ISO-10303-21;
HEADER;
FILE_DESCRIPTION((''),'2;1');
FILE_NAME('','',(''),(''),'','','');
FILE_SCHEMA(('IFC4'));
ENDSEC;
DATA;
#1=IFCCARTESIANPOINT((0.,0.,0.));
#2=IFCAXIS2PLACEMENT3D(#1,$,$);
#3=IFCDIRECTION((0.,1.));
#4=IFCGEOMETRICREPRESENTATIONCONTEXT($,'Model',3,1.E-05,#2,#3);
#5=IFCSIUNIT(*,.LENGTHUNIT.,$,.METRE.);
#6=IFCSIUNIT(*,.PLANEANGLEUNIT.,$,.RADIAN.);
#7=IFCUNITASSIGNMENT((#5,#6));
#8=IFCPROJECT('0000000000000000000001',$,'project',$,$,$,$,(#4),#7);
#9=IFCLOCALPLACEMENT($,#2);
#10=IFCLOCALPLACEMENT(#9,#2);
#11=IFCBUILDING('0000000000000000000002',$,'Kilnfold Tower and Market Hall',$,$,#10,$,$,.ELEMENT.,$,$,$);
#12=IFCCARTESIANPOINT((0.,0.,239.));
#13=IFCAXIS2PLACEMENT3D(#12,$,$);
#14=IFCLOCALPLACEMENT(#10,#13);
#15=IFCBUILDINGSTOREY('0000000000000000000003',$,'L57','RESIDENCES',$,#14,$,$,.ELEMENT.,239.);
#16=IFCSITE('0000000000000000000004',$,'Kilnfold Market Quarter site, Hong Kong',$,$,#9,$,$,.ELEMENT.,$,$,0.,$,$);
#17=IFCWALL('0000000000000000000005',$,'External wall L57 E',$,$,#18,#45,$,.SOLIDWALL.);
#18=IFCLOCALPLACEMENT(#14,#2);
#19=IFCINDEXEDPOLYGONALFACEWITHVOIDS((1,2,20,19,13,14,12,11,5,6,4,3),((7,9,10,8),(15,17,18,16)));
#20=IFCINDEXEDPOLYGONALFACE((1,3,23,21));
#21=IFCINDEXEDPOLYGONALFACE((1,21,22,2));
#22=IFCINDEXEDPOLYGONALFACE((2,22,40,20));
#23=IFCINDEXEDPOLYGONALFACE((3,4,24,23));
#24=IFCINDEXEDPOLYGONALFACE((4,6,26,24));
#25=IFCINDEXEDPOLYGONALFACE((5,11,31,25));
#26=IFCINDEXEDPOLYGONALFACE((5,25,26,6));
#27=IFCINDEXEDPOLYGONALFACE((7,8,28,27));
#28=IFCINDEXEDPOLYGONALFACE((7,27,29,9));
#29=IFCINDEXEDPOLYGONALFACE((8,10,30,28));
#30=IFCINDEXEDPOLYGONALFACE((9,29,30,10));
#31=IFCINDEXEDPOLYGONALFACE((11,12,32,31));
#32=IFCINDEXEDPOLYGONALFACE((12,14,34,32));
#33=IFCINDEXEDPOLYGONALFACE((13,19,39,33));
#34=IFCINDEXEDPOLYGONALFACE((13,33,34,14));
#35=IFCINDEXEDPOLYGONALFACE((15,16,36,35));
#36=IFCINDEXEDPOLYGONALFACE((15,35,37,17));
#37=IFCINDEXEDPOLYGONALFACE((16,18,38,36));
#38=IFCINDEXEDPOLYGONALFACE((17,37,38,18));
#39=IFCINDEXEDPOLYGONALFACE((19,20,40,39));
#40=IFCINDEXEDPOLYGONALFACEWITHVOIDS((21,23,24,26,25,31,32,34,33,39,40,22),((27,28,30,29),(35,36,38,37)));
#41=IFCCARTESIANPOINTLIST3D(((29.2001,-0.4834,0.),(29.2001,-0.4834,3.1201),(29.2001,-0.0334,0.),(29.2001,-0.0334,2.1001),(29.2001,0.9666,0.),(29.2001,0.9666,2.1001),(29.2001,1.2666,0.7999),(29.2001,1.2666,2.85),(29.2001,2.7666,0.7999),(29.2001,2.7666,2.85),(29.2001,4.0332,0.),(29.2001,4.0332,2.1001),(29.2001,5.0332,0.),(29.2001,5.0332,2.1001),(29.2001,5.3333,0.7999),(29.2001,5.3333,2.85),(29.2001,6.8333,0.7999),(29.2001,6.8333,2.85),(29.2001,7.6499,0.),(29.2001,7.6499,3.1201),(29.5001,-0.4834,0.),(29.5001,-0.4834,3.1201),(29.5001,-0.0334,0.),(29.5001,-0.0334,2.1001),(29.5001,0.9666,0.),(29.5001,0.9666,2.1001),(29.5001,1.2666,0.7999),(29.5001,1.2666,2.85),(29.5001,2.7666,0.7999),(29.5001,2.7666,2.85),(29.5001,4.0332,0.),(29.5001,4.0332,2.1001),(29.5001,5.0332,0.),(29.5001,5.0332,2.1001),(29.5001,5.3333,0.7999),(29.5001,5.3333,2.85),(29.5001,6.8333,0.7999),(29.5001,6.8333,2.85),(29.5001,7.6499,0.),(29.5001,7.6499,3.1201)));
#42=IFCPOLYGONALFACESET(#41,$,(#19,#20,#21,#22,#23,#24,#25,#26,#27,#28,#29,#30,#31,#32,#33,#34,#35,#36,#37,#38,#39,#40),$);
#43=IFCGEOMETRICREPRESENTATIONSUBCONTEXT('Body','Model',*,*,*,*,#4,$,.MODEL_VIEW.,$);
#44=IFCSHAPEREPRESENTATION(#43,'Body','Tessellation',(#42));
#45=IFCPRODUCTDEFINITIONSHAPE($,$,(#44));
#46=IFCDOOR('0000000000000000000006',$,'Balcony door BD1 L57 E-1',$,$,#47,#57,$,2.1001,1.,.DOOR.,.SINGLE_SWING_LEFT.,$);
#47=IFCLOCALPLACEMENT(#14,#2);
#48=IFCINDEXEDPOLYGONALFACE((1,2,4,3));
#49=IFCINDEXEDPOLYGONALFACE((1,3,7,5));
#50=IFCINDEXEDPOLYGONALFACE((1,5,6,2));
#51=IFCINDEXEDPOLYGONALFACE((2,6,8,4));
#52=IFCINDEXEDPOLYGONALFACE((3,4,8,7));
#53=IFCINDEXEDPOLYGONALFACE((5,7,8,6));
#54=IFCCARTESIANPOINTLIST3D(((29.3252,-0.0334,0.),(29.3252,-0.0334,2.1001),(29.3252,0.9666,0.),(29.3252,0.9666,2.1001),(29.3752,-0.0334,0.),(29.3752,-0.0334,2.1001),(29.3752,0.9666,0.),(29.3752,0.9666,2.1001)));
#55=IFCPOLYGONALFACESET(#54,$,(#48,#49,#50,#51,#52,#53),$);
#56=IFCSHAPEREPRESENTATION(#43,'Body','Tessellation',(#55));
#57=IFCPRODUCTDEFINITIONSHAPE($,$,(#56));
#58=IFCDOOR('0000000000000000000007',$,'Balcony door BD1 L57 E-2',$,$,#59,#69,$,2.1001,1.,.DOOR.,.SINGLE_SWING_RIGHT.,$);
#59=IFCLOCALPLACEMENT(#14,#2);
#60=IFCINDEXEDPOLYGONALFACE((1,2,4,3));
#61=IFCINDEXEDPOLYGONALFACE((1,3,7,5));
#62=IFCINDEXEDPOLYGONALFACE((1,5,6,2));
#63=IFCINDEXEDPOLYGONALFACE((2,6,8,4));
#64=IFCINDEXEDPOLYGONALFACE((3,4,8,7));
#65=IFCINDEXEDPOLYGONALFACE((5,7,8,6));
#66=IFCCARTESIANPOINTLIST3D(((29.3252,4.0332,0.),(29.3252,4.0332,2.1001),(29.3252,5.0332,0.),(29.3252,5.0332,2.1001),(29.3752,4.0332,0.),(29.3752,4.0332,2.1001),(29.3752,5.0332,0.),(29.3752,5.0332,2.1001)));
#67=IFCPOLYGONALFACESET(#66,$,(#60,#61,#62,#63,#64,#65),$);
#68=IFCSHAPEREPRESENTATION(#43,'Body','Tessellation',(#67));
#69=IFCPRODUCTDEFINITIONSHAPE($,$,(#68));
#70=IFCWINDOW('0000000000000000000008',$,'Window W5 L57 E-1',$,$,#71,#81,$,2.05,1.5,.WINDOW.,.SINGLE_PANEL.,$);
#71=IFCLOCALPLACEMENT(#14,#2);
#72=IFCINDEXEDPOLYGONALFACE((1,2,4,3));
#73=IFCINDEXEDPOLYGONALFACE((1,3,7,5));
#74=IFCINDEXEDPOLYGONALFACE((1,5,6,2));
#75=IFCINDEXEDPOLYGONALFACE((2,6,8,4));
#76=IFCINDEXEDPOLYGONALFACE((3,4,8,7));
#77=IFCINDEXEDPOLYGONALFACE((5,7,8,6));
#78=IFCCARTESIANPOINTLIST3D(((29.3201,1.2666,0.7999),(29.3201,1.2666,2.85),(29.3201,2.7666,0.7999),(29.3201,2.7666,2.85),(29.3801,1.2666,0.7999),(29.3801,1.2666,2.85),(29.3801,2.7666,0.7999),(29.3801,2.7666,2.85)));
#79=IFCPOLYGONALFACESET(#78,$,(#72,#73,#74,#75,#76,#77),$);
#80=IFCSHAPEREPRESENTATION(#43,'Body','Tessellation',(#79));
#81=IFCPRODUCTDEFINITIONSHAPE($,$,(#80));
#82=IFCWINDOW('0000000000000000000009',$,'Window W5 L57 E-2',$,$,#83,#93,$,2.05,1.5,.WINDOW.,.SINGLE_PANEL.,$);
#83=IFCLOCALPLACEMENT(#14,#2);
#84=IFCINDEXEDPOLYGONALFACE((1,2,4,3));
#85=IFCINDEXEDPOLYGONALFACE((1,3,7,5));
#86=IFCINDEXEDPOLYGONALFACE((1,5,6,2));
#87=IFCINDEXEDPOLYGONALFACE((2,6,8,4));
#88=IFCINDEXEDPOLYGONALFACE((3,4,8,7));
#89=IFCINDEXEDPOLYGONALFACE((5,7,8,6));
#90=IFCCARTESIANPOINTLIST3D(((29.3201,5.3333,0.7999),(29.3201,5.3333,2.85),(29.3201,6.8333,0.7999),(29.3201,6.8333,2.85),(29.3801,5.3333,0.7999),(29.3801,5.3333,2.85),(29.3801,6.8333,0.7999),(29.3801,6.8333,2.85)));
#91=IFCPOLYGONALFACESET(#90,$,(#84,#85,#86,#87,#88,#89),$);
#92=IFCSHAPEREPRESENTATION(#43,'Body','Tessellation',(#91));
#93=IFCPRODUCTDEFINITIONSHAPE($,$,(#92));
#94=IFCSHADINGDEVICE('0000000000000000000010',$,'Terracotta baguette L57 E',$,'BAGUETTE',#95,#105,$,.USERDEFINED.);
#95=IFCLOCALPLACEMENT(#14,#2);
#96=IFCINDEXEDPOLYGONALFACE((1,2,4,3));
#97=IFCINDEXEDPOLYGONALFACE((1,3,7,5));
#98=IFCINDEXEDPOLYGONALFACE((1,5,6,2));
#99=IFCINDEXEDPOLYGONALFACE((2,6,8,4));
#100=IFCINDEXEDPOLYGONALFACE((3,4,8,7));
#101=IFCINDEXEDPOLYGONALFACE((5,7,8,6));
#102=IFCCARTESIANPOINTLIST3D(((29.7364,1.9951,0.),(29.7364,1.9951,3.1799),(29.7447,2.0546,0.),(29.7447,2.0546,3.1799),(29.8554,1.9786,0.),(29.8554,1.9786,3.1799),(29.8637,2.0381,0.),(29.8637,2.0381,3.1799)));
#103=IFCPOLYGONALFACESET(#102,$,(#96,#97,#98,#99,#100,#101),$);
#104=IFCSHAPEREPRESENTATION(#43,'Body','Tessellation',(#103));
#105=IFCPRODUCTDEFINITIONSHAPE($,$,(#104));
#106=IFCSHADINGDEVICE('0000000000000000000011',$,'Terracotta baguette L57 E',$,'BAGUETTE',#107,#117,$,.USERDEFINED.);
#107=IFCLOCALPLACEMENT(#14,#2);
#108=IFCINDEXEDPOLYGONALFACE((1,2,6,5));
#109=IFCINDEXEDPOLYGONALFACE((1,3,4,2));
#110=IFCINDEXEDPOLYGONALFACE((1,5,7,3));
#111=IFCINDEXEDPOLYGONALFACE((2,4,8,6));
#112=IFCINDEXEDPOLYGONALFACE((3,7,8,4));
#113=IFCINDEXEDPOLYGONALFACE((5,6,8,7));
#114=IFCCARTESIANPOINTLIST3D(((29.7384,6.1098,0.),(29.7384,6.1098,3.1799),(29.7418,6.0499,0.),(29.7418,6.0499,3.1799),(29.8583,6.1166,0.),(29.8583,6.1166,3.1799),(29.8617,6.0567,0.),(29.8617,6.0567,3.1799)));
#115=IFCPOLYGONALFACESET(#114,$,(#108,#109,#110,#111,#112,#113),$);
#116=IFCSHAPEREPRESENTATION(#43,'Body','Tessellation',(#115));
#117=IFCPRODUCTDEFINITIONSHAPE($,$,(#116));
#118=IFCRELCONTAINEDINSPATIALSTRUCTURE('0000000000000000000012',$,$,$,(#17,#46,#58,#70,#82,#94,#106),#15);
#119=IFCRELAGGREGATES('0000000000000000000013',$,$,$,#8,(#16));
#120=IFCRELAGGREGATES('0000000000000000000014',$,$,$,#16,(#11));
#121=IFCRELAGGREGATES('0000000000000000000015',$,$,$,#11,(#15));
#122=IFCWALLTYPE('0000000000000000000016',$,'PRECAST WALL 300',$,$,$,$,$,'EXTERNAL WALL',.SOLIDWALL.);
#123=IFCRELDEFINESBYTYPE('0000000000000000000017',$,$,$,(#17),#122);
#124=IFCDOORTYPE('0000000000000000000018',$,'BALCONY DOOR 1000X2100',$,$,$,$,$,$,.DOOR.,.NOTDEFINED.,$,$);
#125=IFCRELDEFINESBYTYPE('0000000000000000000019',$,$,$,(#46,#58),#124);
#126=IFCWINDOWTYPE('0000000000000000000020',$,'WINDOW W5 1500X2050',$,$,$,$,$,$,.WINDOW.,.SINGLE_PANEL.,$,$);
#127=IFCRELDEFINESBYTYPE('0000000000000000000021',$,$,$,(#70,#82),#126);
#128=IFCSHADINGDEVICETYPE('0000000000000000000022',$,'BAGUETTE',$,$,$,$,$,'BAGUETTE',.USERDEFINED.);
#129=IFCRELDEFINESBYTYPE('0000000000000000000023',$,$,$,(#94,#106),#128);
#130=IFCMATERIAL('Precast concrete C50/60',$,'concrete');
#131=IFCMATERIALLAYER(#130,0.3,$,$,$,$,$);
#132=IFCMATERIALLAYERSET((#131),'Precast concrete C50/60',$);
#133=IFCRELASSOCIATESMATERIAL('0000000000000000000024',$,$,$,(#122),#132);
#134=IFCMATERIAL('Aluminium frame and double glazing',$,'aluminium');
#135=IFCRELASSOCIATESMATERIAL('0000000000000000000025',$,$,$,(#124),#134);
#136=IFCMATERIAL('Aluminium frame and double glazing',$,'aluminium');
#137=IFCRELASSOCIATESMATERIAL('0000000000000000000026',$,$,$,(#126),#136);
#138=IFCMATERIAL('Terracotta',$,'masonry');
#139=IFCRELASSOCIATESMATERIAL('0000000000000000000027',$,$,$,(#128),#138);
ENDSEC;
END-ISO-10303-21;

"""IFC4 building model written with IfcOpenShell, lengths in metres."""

from ifc_helpers import new_model, si_unit, direction, frame, frame_2d, origin, origin_2d, place, context, subcontext, project, spatial, rectangle, extrude, source, transform, mapped, material, layer, layer_set, material_profile, profile_set, type_object, element, fill, save


model = new_model("IFC4")

# Units and contexts
model_context = context("Model", 3, precision=1e-05, world=origin(), true_north=direction((0.0, 1.0)))
body_context = subcontext(model_context, "Body", "Model", "MODEL_VIEW")
ifc_project = project(units=[si_unit("LENGTHUNIT", "METRE"), si_unit("PLANEANGLEUNIT", "RADIAN")], contexts=[model_context])

# Site, building, storey
site_placement = place(None, origin())
site = spatial("IfcSite", under=ifc_project, at=site_placement, Name="Kilnfold Market Quarter site, Hong Kong", CompositionType="ELEMENT", RefElevation=0.0)
building_placement = place(site_placement, origin())
building = spatial("IfcBuilding", under=site, at=building_placement, Name="Kilnfold Tower and Market Hall", CompositionType="ELEMENT")
storey_placement = place(building_placement, frame((0.0, 0.0, 239.0)))
storey = spatial("IfcBuildingStorey", under=building, at=storey_placement, Name="L57", Description="RESIDENCES", CompositionType="ELEMENT", Elevation=239.0)

# Wall, openings, doors, windows
ifc_material_1 = material(Name="Precast concrete C50/60", Category="concrete")
ifc_layer_1 = layer(ifc_material_1, 0.3)
ifc_layer_set_1 = layer_set([ifc_layer_1], Name="Precast concrete C50/60")
wall_type_1 = type_object("IfcWallType", Name="PRECAST WALL 300", ElementType="EXTERNAL WALL", PredefinedType="SOLIDWALL", material=ifc_layer_set_1)
shared_shape_1 = source(origin(), body_context, "Body", "SweptSolid", [
    extrude(rectangle(XDim=8.1333, YDim=0.3, at=frame_2d((4.0667, 0.0))), origin(), (0.0, 0.0, 1.0), 3.1201),
])
wall_1_placement = place(storey_placement, frame((29.3501, -0.4834, 0.0), z_axis=(0.0, 0.0, 1.0), x_axis=(0.0, 1.0, 0.0)))
wall_1 = element("IfcWall", 1, at=wall_1_placement, inside=storey, type_object=wall_type_1, Name="External wall L57 E", PredefinedType="SOLIDWALL", context=body_context, shape_type="MappedRepresentation", body=[
    mapped(shared_shape_1, transform((0.0, 0.0, 0.0))),
])
opening_1_placement = place(wall_1_placement, frame((1.75, 0.0, 0.8)))
opening_1 = element("IfcOpeningElement", 2, at=opening_1_placement, cuts=wall_1, PredefinedType="OPENING", context=body_context, shape_type="SweptSolid", body=[
    extrude(rectangle(XDim=1.5, YDim=2.05, at=frame_2d((0.75, 1.0249))), frame((0.0, 0.1602, 0.0), z_axis=(0.0, -1.0, 0.0), x_axis=(1.0, 0.0, 0.0)), (0.0, 0.0, 1.0), 0.3201),
])
opening_2_placement = place(wall_1_placement, frame((0.45, 0.0, 0.0)))
opening_2 = element("IfcOpeningElement", 3, at=opening_2_placement, cuts=wall_1, PredefinedType="OPENING", context=body_context, shape_type="SweptSolid", body=[
    extrude(rectangle(XDim=1.0, YDim=2.1001, at=frame_2d((0.5, 1.05))), frame((0.0, 0.1602, 0.0), z_axis=(0.0, -1.0, 0.0), x_axis=(1.0, 0.0, 0.0)), (0.0, 0.0, 1.0), 0.3201),
])
opening_3_placement = place(wall_1_placement, frame((5.8167, 0.0, 0.8)))
opening_3 = element("IfcOpeningElement", 4, at=opening_3_placement, cuts=wall_1, PredefinedType="OPENING", context=body_context, shape_type="SweptSolid", body=[
    extrude(rectangle(XDim=1.5, YDim=2.05, at=frame_2d((0.75, 1.0249))), frame((0.0, 0.1602, 0.0), z_axis=(0.0, -1.0, 0.0), x_axis=(1.0, 0.0, 0.0)), (0.0, 0.0, 1.0), 0.3201),
])
opening_4_placement = place(wall_1_placement, frame((4.5166, 0.0, 0.0)))
opening_4 = element("IfcOpeningElement", 5, at=opening_4_placement, cuts=wall_1, PredefinedType="OPENING", context=body_context, shape_type="SweptSolid", body=[
    extrude(rectangle(XDim=1.0, YDim=2.1001, at=frame_2d((0.5, 1.05))), frame((0.0, 0.1602, 0.0), z_axis=(0.0, -1.0, 0.0), x_axis=(1.0, 0.0, 0.0)), (0.0, 0.0, 1.0), 0.3201),
])
ifc_material_2 = material(Name="Aluminium frame and double glazing", Category="aluminium")
door_type_1 = type_object("IfcDoorType", Name="BALCONY DOOR 1000X2100", OperationType="NOTDEFINED", PredefinedType="DOOR", material=ifc_material_2)
door_1_placement = place(opening_2_placement, origin())
door_1 = element("IfcDoor", 6, at=door_1_placement, inside=storey, type_object=door_type_1, Name="Balcony door BD1 L57 E-1", OperationType="SINGLE_SWING_LEFT", OverallHeight=2.1001, OverallWidth=1.0, PredefinedType="DOOR", context=body_context, shape_type="SweptSolid", body=[
    extrude(rectangle(XDim=1.0, YDim=2.1001, at=frame_2d((0.5, 1.05))), frame((0.0, 0.0249, 0.0), z_axis=(0.0, -1.0, 0.0), x_axis=(1.0, 0.0, 0.0)), (0.0, 0.0, 1.0), 0.05),
])
fill(opening_2, door_1)
door_2_placement = place(opening_4_placement, origin())
door_2 = element("IfcDoor", 7, at=door_2_placement, inside=storey, type_object=door_type_1, Name="Balcony door BD1 L57 E-2", OperationType="SINGLE_SWING_RIGHT", OverallHeight=2.1001, OverallWidth=1.0, PredefinedType="DOOR", context=body_context, shape_type="SweptSolid", body=[
    extrude(rectangle(XDim=1.0, YDim=2.1001, at=frame_2d((0.5, 1.05))), frame((0.0, 0.0249, 0.0), z_axis=(0.0, -1.0, 0.0), x_axis=(1.0, 0.0, 0.0)), (0.0, 0.0, 1.0), 0.05),
])
fill(opening_4, door_2)
ifc_material_3 = material(Name="Aluminium frame and double glazing", Category="aluminium")
window_type = type_object("IfcWindowType", Name="WINDOW W5 1500X2050", PartitioningType="SINGLE_PANEL", PredefinedType="WINDOW", material=ifc_material_3)
window_1_placement = place(opening_1_placement, origin())
window_1 = element("IfcWindow", 8, at=window_1_placement, inside=storey, type_object=window_type, Name="Window W5 L57 E-1", OverallHeight=2.05, OverallWidth=1.5, PartitioningType="SINGLE_PANEL", PredefinedType="WINDOW", context=body_context, shape_type="SweptSolid", body=[
    extrude(rectangle(XDim=1.5, YDim=2.05, at=frame_2d((0.75, 1.0249))), frame((0.0, 0.03, 0.0), z_axis=(0.0, -1.0, 0.0), x_axis=(1.0, 0.0, 0.0)), (0.0, 0.0, 1.0), 0.0601),
])
fill(opening_1, window_1)
window_2_placement = place(opening_3_placement, origin())
window_2 = element("IfcWindow", 9, at=window_2_placement, inside=storey, type_object=window_type, Name="Window W5 L57 E-2", OverallHeight=2.05, OverallWidth=1.5, PartitioningType="SINGLE_PANEL", PredefinedType="WINDOW", context=body_context, shape_type="SweptSolid", body=[
    extrude(rectangle(XDim=1.5, YDim=2.05, at=frame_2d((0.75, 1.0249))), frame((0.0, 0.03, 0.0), z_axis=(0.0, -1.0, 0.0), x_axis=(1.0, 0.0, 0.0)), (0.0, 0.0, 1.0), 0.0601),
])
fill(opening_3, window_2)

# Shading devices
ifc_material_4 = material(Name="Terracotta", Category="masonry")
ifc_material_profile_1 = material_profile(ifc_material_4, rectangle(XDim=0.0601, YDim=0.1201, at=origin_2d()), Name="BAG 60x120")
ifc_profile_set_1 = profile_set([ifc_material_profile_1], Name="Terracotta")
shading_device_type = type_object("IfcShadingDeviceType", Name="BAGUETTE", ElementType="BAGUETTE", PredefinedType="USERDEFINED", material=ifc_profile_set_1)
shared_shape_2 = source(origin(), body_context, "Body", "SweptSolid", [
    extrude(rectangle(XDim=0.0601, YDim=0.1201, at=origin_2d()), origin(), (0.0, 0.0, 1.0), 3.1799),
])
for number, where, z_axis, x_axis, name in (
    (10, (29.8, 2.0166, 0.0), (0.0, 0.0, 1.0), (0.137327, 0.990526, 0.0), "Terracotta baguette L57 E"),
    (11, (29.8, 6.0833, 0.0), (0.0, 0.0, 1.0), (-0.05663, 0.998395, 0.0), "Terracotta baguette L57 E"),
):
    element("IfcShadingDevice", number, at=place(storey_placement, frame(where, z_axis=z_axis, x_axis=x_axis)), inside=storey, type_object=shading_device_type, Name=name, ObjectType="BAGUETTE", PredefinedType="USERDEFINED", context=body_context, shape_type="MappedRepresentation", body=[
        mapped(shared_shape_2, transform((0.0, 0.0, 0.0))),
    ])

save(model, "model.ifc")
